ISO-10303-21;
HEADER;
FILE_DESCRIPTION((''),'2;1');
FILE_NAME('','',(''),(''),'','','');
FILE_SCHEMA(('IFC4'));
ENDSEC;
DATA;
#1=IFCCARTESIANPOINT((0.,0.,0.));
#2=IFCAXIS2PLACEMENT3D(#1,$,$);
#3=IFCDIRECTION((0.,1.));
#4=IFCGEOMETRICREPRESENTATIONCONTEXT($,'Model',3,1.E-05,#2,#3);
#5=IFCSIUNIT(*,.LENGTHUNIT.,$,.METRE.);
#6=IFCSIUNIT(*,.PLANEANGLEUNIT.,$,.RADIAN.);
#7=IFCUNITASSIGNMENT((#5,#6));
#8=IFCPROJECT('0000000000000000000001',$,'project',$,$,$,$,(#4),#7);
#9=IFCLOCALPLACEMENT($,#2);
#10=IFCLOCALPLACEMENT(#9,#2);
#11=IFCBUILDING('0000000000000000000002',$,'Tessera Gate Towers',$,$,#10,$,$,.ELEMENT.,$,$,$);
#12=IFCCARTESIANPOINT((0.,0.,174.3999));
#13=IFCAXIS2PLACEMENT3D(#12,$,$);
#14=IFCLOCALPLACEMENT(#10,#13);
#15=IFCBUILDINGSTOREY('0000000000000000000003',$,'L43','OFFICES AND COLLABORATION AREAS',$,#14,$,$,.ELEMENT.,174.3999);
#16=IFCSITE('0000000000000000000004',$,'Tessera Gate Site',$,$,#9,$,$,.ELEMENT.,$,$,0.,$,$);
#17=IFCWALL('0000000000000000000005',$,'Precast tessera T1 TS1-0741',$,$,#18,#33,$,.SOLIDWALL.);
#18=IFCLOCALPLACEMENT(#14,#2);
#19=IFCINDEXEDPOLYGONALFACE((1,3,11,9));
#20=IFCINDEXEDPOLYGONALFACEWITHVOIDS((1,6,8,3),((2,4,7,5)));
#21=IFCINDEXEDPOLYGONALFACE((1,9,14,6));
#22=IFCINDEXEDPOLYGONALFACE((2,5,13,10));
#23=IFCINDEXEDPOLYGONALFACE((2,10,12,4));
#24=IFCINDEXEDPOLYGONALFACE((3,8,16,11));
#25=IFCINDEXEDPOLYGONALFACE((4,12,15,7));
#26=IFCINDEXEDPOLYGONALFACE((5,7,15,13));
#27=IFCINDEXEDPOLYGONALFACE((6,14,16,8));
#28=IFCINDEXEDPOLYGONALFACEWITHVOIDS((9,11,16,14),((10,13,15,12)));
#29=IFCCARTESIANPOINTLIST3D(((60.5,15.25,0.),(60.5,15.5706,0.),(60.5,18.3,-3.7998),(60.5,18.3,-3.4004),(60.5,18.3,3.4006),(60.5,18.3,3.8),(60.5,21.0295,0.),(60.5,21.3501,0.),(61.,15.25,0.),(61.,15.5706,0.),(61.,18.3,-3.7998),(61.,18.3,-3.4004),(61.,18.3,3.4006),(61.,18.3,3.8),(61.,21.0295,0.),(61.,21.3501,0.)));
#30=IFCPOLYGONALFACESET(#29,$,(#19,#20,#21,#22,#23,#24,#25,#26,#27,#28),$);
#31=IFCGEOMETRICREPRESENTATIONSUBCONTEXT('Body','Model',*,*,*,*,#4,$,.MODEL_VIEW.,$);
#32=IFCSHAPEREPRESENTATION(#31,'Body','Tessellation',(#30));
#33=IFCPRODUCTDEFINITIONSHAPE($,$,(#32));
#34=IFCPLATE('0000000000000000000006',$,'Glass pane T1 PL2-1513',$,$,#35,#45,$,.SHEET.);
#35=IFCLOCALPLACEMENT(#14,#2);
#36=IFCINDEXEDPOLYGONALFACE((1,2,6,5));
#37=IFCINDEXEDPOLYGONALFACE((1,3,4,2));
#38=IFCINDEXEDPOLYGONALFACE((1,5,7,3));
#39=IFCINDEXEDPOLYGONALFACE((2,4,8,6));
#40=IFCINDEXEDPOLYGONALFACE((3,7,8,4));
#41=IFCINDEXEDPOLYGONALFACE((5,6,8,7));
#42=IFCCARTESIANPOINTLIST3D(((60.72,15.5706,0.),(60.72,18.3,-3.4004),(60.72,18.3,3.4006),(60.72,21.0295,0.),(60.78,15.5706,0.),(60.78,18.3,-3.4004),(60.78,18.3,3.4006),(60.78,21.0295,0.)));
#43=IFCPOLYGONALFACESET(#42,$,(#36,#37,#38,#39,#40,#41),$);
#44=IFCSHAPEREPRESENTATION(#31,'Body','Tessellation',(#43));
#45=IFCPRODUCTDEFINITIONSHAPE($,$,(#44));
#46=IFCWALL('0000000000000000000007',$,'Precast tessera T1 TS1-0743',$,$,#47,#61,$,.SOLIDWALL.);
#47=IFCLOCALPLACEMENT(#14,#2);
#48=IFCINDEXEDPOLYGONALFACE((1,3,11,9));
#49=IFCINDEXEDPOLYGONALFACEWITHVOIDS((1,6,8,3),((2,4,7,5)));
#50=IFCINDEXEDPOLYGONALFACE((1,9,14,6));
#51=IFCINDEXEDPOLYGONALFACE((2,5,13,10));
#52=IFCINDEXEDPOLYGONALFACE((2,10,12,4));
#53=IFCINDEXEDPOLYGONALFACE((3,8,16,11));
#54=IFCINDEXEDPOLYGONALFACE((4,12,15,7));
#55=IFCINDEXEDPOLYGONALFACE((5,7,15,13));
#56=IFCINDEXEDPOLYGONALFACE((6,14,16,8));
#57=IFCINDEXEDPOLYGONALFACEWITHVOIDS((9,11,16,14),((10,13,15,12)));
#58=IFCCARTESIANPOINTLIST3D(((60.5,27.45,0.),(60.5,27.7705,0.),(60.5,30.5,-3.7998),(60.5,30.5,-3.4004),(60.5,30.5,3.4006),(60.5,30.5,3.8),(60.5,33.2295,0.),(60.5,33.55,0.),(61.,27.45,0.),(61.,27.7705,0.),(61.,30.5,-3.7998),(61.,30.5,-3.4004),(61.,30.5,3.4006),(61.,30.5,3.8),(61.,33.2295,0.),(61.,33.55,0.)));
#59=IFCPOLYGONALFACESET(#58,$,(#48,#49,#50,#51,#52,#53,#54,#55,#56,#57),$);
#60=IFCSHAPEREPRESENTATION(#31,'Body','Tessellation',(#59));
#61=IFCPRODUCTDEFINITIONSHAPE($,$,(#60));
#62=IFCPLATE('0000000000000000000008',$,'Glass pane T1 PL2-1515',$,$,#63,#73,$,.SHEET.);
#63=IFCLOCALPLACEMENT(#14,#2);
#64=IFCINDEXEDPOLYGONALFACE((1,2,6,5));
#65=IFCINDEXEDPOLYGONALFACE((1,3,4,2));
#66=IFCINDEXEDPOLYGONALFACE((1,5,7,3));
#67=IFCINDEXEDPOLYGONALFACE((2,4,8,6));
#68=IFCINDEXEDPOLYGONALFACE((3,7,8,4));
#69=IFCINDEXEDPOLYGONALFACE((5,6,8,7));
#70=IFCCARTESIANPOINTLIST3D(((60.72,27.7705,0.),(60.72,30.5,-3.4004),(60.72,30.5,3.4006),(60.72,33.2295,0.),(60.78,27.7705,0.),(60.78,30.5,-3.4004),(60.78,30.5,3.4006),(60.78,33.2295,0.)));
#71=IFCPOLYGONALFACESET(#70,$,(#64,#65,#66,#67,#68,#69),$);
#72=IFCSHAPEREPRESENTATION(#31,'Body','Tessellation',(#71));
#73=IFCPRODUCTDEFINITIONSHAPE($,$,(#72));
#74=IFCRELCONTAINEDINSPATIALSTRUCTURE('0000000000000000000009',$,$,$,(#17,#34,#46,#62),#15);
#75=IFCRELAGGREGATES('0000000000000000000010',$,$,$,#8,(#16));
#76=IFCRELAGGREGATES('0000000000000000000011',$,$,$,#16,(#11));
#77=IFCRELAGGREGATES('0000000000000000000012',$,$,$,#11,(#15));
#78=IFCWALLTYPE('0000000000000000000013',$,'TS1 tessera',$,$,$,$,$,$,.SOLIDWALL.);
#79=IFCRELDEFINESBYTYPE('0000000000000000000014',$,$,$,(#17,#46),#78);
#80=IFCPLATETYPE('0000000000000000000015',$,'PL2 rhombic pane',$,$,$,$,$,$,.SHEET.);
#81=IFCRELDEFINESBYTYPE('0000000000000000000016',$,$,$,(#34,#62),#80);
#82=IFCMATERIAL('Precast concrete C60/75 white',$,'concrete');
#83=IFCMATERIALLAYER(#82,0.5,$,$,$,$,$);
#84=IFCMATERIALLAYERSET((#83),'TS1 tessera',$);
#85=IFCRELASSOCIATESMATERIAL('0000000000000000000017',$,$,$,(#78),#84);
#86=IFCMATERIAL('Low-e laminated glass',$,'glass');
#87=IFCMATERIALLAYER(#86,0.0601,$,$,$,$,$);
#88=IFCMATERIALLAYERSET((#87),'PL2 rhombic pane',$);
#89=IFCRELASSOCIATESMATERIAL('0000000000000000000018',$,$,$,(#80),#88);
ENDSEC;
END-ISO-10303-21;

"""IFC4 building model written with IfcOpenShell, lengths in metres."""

from ifc_helpers import new_model, si_unit, direction, frame, origin, place, context, subcontext, project, spatial, polyline, outline, extrude, source, transform, mapped, material, layer, layer_set, type_object, element, fill, save


model = new_model("IFC4")

# Units and contexts
model_context = context("Model", 3, precision=1e-05, world=origin(), true_north=direction((0.0, 1.0)))
body_context = subcontext(model_context, "Body", "Model", "MODEL_VIEW")
ifc_project = project(units=[si_unit("LENGTHUNIT", "METRE"), si_unit("PLANEANGLEUNIT", "RADIAN")], contexts=[model_context])

# Site, building, storey
site_placement = place(None, origin())
site = spatial("IfcSite", under=ifc_project, at=site_placement, Name="Tessera Gate Site", CompositionType="ELEMENT", RefElevation=0.0)
building_placement = place(site_placement, origin())
building = spatial("IfcBuilding", under=site, at=building_placement, Name="Tessera Gate Towers", CompositionType="ELEMENT")
storey_placement = place(building_placement, frame((0.0, 0.0, 174.3999)))
storey = spatial("IfcBuildingStorey", under=building, at=storey_placement, Name="L43", Description="OFFICES AND COLLABORATION AREAS", CompositionType="ELEMENT", Elevation=174.3999)

# Walls, openings, plates
ifc_material_1 = material(Name="Precast concrete C60/75 white", Category="concrete")
ifc_layer_1 = layer(ifc_material_1, 0.5)
ifc_layer_set_1 = layer_set([ifc_layer_1], Name="TS1 tessera")
wall_type_1 = type_object("IfcWallType", Name="TS1 tessera", PredefinedType="SOLIDWALL", material=ifc_layer_set_1)
shared_shape_1 = source(origin(), body_context, "Body", "SweptSolid", [
    extrude(outline(polyline([(3.05, 0.0), (6.1001, 3.7998), (3.05, 7.5999), (0.0, 3.7998), (3.05, 0.0)])), frame((0.0, 0.25, 0.0), z_axis=(0.0, -1.0, 0.0), x_axis=(1.0, 0.0, 0.0)), (0.0, 0.0, 1.0), 0.5),
])
wall_1_placement = place(storey_placement, frame((60.75, 15.25, -3.7998), z_axis=(0.0, 0.0, 1.0), x_axis=(0.0, 1.0, 0.0)))
wall_1 = element("IfcWall", 1, at=wall_1_placement, inside=storey, type_object=wall_type_1, Name="Precast tessera T1 TS1-0741", PredefinedType="SOLIDWALL", context=body_context, shape_type="MappedRepresentation", body=[
    mapped(shared_shape_1, transform((0.0, 0.0, 0.0), scale=1.0)),
])
shared_shape_2 = source(origin(), body_context, "Body", "SweptSolid", [
    extrude(outline(polyline([(3.05, 0.3994), (5.7795, 3.7998), (3.05, 7.2004), (0.3206, 3.7998), (3.05, 0.3994)])), frame((0.0, 0.26, 0.0), z_axis=(0.0, -1.0, 0.0), x_axis=(1.0, 0.0, 0.0)), (0.0, 0.0, 1.0), 0.52),
])
opening_1_placement = place(wall_1_placement, origin())
opening_1 = element("IfcOpeningElement", 2, at=opening_1_placement, cuts=wall_1, PredefinedType="OPENING", context=body_context, shape_type="MappedRepresentation", body=[
    mapped(shared_shape_2, transform((0.0, 0.0, 0.0), scale=1.0)),
])
ifc_material_2 = material(Name="Low-e laminated glass", Category="glass")
ifc_layer_2 = layer(ifc_material_2, 0.0601)
ifc_layer_set_2 = layer_set([ifc_layer_2], Name="PL2 rhombic pane")
plate_type = type_object("IfcPlateType", Name="PL2 rhombic pane", PredefinedType="SHEET", material=ifc_layer_set_2)
shared_shape_3 = source(origin(), body_context, "Body", "SweptSolid", [
    extrude(outline(polyline([(3.05, 0.3994), (5.7795, 3.7998), (3.05, 7.2004), (0.3206, 3.7998), (3.05, 0.3994)])), frame((0.0, 0.03, 0.0), z_axis=(0.0, -1.0, 0.0), x_axis=(1.0, 0.0, 0.0)), (0.0, 0.0, 1.0), 0.0601),
])
plate_1_placement = place(opening_1_placement, origin())
plate_1 = element("IfcPlate", 3, at=plate_1_placement, inside=storey, type_object=plate_type, Name="Glass pane T1 PL2-1513", PredefinedType="SHEET", context=body_context, shape_type="MappedRepresentation", body=[
    mapped(shared_shape_3, transform((0.0, 0.0, 0.0), scale=1.0)),
])
fill(opening_1, plate_1)
wall_2_placement = place(storey_placement, frame((60.75, 27.45, -3.7998), z_axis=(0.0, 0.0, 1.0), x_axis=(0.0, 1.0, 0.0)))
wall_2 = element("IfcWall", 4, at=wall_2_placement, inside=storey, type_object=wall_type_1, Name="Precast tessera T1 TS1-0743", PredefinedType="SOLIDWALL", context=body_context, shape_type="MappedRepresentation", body=[
    mapped(shared_shape_1, transform((0.0, 0.0, 0.0), scale=1.0)),
])
opening_2_placement = place(wall_2_placement, origin())
opening_2 = element("IfcOpeningElement", 5, at=opening_2_placement, cuts=wall_2, PredefinedType="OPENING", context=body_context, shape_type="MappedRepresentation", body=[
    mapped(shared_shape_2, transform((0.0, 0.0, 0.0), scale=1.0)),
])
plate_2_placement = place(opening_2_placement, origin())
plate_2 = element("IfcPlate", 6, at=plate_2_placement, inside=storey, type_object=plate_type, Name="Glass pane T1 PL2-1515", PredefinedType="SHEET", context=body_context, shape_type="MappedRepresentation", body=[
    mapped(shared_shape_3, transform((0.0, 0.0, 0.0), scale=1.0)),
])
fill(opening_2, plate_2)

save(model, "model.ifc")
